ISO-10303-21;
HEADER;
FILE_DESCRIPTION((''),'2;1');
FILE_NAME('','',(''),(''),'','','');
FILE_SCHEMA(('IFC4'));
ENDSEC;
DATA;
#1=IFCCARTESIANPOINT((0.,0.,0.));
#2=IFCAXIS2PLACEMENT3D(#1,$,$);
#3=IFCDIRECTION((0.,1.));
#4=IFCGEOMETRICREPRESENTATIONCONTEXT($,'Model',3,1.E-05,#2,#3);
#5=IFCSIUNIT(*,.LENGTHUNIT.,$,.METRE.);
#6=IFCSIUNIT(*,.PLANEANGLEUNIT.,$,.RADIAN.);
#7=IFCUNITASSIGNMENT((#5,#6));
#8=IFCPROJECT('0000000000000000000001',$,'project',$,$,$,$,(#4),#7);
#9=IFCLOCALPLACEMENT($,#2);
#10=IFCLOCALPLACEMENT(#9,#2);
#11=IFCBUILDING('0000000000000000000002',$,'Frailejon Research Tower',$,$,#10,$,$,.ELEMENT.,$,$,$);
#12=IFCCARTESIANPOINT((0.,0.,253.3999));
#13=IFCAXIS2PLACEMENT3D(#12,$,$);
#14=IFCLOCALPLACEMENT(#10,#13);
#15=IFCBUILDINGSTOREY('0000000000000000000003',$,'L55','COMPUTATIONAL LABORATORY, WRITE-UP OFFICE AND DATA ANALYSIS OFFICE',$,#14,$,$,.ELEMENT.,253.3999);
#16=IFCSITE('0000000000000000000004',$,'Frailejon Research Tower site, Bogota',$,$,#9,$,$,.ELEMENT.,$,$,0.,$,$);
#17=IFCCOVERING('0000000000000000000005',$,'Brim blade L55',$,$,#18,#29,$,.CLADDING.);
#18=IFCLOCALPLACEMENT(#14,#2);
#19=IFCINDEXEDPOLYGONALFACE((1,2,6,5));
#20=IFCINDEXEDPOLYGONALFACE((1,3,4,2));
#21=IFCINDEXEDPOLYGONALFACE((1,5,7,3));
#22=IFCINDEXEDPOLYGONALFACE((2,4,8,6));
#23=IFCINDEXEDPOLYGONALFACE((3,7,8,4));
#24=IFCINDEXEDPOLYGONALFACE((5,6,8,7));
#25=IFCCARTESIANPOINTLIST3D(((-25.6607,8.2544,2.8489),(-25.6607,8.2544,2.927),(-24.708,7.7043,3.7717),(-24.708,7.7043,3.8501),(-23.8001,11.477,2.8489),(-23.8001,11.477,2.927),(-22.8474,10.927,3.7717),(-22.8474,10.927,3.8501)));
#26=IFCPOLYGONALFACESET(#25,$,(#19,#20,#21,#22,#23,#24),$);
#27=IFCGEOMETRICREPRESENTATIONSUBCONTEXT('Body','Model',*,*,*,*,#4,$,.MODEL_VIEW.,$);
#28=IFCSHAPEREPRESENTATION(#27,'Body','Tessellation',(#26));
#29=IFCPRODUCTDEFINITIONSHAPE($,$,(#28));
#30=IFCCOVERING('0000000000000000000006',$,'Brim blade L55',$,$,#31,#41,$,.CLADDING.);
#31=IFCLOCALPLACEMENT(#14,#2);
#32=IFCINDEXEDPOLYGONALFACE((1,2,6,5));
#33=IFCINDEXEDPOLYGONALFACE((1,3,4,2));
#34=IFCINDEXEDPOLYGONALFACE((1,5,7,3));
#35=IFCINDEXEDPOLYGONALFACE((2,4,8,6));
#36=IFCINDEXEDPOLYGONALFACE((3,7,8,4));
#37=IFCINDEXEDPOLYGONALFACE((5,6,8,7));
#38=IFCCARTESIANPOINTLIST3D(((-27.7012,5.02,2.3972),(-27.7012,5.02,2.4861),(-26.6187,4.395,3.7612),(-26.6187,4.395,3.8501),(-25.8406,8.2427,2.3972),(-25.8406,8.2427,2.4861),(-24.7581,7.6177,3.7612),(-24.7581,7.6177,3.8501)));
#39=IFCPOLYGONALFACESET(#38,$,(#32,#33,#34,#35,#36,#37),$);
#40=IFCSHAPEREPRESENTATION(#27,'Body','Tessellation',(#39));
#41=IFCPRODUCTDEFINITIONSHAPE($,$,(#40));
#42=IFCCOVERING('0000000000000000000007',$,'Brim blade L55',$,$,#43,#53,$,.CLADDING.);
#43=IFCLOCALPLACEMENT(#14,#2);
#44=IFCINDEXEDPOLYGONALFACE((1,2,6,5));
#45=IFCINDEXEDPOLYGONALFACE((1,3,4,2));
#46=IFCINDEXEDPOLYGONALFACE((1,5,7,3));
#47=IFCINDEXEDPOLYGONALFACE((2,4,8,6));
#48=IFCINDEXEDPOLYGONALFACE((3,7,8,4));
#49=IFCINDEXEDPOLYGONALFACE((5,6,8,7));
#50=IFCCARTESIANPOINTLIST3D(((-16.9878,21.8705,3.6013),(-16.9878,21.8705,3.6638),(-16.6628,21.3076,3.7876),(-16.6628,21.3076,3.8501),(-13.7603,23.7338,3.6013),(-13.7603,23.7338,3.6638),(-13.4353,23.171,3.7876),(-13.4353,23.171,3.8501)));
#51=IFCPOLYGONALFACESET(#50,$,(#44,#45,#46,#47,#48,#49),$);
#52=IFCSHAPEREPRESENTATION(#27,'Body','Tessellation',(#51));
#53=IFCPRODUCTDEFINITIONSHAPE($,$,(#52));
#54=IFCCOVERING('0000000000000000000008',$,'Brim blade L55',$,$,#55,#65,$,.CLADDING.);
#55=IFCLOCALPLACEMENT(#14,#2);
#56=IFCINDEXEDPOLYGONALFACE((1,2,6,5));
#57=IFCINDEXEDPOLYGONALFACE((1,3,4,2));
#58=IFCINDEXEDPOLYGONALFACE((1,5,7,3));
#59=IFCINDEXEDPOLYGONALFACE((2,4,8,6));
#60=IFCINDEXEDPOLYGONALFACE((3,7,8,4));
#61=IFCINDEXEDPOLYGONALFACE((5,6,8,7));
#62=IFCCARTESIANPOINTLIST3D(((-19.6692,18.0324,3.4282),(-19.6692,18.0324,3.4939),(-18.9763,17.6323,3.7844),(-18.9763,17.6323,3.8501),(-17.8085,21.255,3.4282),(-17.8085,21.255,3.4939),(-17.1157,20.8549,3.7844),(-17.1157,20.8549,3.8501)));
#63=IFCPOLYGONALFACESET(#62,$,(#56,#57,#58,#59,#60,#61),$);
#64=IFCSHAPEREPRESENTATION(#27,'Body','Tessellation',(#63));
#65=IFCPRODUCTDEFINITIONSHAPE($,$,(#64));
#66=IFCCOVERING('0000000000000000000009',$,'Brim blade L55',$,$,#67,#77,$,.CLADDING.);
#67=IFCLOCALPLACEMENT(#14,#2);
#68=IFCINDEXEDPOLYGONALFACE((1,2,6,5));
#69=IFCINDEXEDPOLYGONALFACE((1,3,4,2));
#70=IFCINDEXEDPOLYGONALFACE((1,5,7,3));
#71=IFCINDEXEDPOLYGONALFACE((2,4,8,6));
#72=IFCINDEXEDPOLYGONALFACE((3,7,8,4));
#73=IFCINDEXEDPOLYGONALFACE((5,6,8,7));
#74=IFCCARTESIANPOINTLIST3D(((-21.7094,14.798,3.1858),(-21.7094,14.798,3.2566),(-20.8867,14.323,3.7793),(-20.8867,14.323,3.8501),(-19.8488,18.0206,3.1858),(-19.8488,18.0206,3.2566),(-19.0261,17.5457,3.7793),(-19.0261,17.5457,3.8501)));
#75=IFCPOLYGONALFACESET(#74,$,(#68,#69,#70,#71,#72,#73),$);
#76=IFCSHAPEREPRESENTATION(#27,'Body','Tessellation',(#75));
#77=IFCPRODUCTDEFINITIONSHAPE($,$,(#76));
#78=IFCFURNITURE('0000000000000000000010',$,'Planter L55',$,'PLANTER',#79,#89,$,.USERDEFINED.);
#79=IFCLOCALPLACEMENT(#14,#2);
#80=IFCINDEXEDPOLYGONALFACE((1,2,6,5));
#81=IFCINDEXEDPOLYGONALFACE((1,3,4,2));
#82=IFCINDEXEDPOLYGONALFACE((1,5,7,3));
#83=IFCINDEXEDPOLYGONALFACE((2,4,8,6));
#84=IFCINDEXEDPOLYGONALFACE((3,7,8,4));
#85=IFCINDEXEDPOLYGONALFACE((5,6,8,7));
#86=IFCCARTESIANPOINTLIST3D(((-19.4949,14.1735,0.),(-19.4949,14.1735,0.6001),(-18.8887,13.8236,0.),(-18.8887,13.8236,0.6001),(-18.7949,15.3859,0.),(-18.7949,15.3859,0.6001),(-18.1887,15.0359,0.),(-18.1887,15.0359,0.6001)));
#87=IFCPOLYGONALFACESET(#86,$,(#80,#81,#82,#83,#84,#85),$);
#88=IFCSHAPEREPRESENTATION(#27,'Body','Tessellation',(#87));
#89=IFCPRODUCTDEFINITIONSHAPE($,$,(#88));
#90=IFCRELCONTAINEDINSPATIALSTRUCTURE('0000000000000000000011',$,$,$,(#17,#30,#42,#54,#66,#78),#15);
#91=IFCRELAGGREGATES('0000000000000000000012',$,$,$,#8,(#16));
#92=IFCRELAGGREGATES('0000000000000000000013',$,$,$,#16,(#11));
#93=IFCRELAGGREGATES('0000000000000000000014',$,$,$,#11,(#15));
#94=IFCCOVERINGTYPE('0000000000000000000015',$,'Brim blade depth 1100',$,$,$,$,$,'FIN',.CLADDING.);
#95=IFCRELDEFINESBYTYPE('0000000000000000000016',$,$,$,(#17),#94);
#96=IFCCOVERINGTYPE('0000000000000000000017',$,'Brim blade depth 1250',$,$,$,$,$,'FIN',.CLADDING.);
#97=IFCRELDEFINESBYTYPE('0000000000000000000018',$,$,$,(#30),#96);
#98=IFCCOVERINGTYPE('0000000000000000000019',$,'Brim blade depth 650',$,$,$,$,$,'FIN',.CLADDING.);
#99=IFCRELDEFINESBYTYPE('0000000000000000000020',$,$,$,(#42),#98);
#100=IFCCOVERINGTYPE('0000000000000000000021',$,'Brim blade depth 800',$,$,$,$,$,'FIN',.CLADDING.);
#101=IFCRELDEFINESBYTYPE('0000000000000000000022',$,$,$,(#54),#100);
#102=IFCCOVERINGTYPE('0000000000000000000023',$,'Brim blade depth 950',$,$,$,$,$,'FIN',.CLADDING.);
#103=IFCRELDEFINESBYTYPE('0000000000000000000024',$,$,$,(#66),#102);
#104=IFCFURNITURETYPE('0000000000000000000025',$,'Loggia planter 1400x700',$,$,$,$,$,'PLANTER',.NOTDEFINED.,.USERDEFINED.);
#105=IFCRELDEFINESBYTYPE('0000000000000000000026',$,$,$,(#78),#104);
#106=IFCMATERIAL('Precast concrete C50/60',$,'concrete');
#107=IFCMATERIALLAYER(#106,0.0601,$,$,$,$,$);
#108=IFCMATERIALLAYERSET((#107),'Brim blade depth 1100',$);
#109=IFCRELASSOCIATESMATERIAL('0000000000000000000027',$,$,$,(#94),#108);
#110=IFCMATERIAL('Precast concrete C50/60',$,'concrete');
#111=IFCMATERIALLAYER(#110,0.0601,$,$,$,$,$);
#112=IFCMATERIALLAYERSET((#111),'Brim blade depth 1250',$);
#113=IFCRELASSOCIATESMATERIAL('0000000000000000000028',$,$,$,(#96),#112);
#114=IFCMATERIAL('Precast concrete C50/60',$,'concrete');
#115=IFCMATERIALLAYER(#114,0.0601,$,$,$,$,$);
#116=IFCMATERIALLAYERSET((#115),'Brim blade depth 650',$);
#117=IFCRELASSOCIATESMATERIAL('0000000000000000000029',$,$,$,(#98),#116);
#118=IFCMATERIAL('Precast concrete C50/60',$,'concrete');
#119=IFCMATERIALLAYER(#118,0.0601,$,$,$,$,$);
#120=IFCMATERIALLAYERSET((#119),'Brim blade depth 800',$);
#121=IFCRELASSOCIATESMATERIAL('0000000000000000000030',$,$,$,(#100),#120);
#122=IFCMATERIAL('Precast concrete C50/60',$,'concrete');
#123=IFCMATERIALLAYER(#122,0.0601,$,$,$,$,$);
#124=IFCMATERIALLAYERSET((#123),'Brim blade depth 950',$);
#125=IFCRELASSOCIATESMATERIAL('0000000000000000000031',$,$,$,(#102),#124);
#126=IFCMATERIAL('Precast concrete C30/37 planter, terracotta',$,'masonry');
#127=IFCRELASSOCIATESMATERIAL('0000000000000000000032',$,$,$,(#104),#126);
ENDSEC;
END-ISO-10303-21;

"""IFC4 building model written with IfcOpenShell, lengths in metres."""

from ifc_helpers import new_model, si_unit, direction, frame, origin, origin_2d, place, context, subcontext, project, spatial, polyline, rectangle, outline, extrude, material, layer, layer_set, type_object, element, save


model = new_model("IFC4")

# Units and contexts
model_context = context("Model", 3, precision=1e-05, world=origin(), true_north=direction((0.0, 1.0)))
body_context = subcontext(model_context, "Body", "Model", "MODEL_VIEW")
ifc_project = project(units=[si_unit("LENGTHUNIT", "METRE"), si_unit("PLANEANGLEUNIT", "RADIAN")], contexts=[model_context])

# Site, building, storey
site_placement = place(None, origin())
site = spatial("IfcSite", under=ifc_project, at=site_placement, Name="Frailejon Research Tower site, Bogota", CompositionType="ELEMENT", RefElevation=0.0)
building_placement = place(site_placement, origin())
building = spatial("IfcBuilding", under=site, at=building_placement, Name="Frailejon Research Tower", CompositionType="ELEMENT")
storey_placement = place(building_placement, frame((0.0, 0.0, 253.3999)))
storey = spatial("IfcBuildingStorey", under=building, at=storey_placement, Name="L55", Description="COMPUTATIONAL LABORATORY, WRITE-UP OFFICE AND DATA ANALYSIS OFFICE", CompositionType="ELEMENT", Elevation=253.3999)

# Coverings
ifc_material_1 = material(Name="Precast concrete C50/60", Category="concrete")
ifc_layer_1 = layer(ifc_material_1, 0.0601)
ifc_layer_set_1 = layer_set([ifc_layer_1], Name="Brim blade depth 1100")
covering_type_1 = type_object("IfcCoveringType", Name="Brim blade depth 1100", ElementType="FIN", PredefinedType="CLADDING", material=ifc_layer_set_1)
for number, where, z_axis, x_axis, name in (
    (1, (-24.708, 7.7043, 3.8501), (0.500015, 0.866017, 0.0), (-0.866017, 0.500015, 0.0), "Brim blade L55"),
):
    element("IfcCovering", number, at=place(storey_placement, frame(where, z_axis=z_axis, x_axis=x_axis)), inside=storey, type_object=covering_type_1, Name=name, PredefinedType="CLADDING", context=body_context, shape_type="SweptSolid", body=[
        extrude(outline(polyline([(0.0, -0.0784), (1.1001, -1.0012), (1.1001, -0.9231), (0.0, 0.0), (0.0, -0.0784)])), origin(), (0.0, 0.0, 1.0), 3.7212),
    ])
ifc_material_2 = material(Name="Precast concrete C50/60", Category="concrete")
ifc_layer_2 = layer(ifc_material_2, 0.0601)
ifc_layer_set_2 = layer_set([ifc_layer_2], Name="Brim blade depth 1250")
covering_type_2 = type_object("IfcCoveringType", Name="Brim blade depth 1250", ElementType="FIN", PredefinedType="CLADDING", material=ifc_layer_set_2)
covering_1_placement = place(storey_placement, frame((-26.6187, 4.395, 3.8501), z_axis=(0.499995, 0.866028, 0.0), x_axis=(-0.866028, 0.499995, 0.0)))
element("IfcCovering", 2, at=covering_1_placement, inside=storey, type_object=covering_type_2, Name="Brim blade L55", PredefinedType="CLADDING", context=body_context, shape_type="SweptSolid", body=[
    extrude(outline(polyline([(0.0, -0.0889), (1.25, -1.4529), (1.25, -1.364), (0.0, 0.0), (0.0, -0.0889)])), origin(), (0.0, 0.0, 1.0), 3.7212),
])
ifc_material_3 = material(Name="Precast concrete C50/60", Category="concrete")
ifc_layer_3 = layer(ifc_material_3, 0.0601)
ifc_layer_set_3 = layer_set([ifc_layer_3], Name="Brim blade depth 650")
covering_type_3 = type_object("IfcCoveringType", Name="Brim blade depth 650", ElementType="FIN", PredefinedType="CLADDING", material=ifc_layer_set_3)
covering_2_placement = place(storey_placement, frame((-16.6628, 21.3076, 3.8501), z_axis=(0.86603, 0.499992, 0.0), x_axis=(-0.499992, 0.86603, 0.0)))
element("IfcCovering", 3, at=covering_2_placement, inside=storey, type_object=covering_type_3, Name="Brim blade L55", PredefinedType="CLADDING", context=body_context, shape_type="SweptSolid", body=[
    extrude(outline(polyline([(0.0, -0.0625), (0.6499, -0.2488), (0.6499, -0.1863), (0.0, 0.0), (0.0, -0.0625)])), origin(), (0.0, 0.0, 1.0), 3.7268),
])
ifc_material_4 = material(Name="Precast concrete C50/60", Category="concrete")
ifc_layer_4 = layer(ifc_material_4, 0.0601)
ifc_layer_set_4 = layer_set([ifc_layer_4], Name="Brim blade depth 800")
covering_type_4 = type_object("IfcCoveringType", Name="Brim blade depth 800", ElementType="FIN", PredefinedType="CLADDING", material=ifc_layer_set_4)
covering_3_placement = place(storey_placement, frame((-18.9763, 17.6323, 3.8501), z_axis=(0.500015, 0.866017, 0.0), x_axis=(-0.866017, 0.500015, 0.0)))
element("IfcCovering", 4, at=covering_3_placement, inside=storey, type_object=covering_type_4, Name="Brim blade L55", PredefinedType="CLADDING", context=body_context, shape_type="SweptSolid", body=[
    extrude(outline(polyline([(0.0, -0.0657), (0.8, -0.4219), (0.8, -0.3562), (0.0, 0.0), (0.0, -0.0657)])), origin(), (0.0, 0.0, 1.0), 3.7212),
])
ifc_material_5 = material(Name="Precast concrete C50/60", Category="concrete")
ifc_layer_5 = layer(ifc_material_5, 0.0601)
ifc_layer_set_5 = layer_set([ifc_layer_5], Name="Brim blade depth 950")
covering_type_5 = type_object("IfcCoveringType", Name="Brim blade depth 950", ElementType="FIN", PredefinedType="CLADDING", material=ifc_layer_set_5)
covering_4_placement = place(storey_placement, frame((-20.8867, 14.323, 3.8501), z_axis=(0.499995, 0.866028, 0.0), x_axis=(-0.866028, 0.499995, 0.0)))
element("IfcCovering", 5, at=covering_4_placement, inside=storey, type_object=covering_type_5, Name="Brim blade L55", PredefinedType="CLADDING", context=body_context, shape_type="SweptSolid", body=[
    extrude(outline(polyline([(0.0, -0.0708), (0.95, -0.6643), (0.95, -0.5935), (0.0, 0.0), (0.0, -0.0708)])), origin(), (0.0, 0.0, 1.0), 3.7212),
])

# Furniture
ifc_material_6 = material(Name="Precast concrete C30/37 planter, terracotta", Category="masonry")
furniture_type = type_object("IfcFurnitureType", Name="Loggia planter 1400x700", ElementType="PLANTER", AssemblyPlace="NOTDEFINED", PredefinedType="USERDEFINED", material=ifc_material_6)
furniture_placement = place(storey_placement, frame((-18.8418, 14.6047, 0.0), z_axis=(0.0, 0.0, 1.0), x_axis=(-0.5, -0.866025, 0.0)))
element("IfcFurniture", 6, at=furniture_placement, inside=storey, type_object=furniture_type, Name="Planter L55", ObjectType="PLANTER", PredefinedType="USERDEFINED", context=body_context, shape_type="SweptSolid", body=[
    extrude(rectangle(XDim=1.3999, YDim=0.7, at=origin_2d()), origin(), (0.0, 0.0, 1.0), 0.6001),
])

save(model, "model.ifc")
